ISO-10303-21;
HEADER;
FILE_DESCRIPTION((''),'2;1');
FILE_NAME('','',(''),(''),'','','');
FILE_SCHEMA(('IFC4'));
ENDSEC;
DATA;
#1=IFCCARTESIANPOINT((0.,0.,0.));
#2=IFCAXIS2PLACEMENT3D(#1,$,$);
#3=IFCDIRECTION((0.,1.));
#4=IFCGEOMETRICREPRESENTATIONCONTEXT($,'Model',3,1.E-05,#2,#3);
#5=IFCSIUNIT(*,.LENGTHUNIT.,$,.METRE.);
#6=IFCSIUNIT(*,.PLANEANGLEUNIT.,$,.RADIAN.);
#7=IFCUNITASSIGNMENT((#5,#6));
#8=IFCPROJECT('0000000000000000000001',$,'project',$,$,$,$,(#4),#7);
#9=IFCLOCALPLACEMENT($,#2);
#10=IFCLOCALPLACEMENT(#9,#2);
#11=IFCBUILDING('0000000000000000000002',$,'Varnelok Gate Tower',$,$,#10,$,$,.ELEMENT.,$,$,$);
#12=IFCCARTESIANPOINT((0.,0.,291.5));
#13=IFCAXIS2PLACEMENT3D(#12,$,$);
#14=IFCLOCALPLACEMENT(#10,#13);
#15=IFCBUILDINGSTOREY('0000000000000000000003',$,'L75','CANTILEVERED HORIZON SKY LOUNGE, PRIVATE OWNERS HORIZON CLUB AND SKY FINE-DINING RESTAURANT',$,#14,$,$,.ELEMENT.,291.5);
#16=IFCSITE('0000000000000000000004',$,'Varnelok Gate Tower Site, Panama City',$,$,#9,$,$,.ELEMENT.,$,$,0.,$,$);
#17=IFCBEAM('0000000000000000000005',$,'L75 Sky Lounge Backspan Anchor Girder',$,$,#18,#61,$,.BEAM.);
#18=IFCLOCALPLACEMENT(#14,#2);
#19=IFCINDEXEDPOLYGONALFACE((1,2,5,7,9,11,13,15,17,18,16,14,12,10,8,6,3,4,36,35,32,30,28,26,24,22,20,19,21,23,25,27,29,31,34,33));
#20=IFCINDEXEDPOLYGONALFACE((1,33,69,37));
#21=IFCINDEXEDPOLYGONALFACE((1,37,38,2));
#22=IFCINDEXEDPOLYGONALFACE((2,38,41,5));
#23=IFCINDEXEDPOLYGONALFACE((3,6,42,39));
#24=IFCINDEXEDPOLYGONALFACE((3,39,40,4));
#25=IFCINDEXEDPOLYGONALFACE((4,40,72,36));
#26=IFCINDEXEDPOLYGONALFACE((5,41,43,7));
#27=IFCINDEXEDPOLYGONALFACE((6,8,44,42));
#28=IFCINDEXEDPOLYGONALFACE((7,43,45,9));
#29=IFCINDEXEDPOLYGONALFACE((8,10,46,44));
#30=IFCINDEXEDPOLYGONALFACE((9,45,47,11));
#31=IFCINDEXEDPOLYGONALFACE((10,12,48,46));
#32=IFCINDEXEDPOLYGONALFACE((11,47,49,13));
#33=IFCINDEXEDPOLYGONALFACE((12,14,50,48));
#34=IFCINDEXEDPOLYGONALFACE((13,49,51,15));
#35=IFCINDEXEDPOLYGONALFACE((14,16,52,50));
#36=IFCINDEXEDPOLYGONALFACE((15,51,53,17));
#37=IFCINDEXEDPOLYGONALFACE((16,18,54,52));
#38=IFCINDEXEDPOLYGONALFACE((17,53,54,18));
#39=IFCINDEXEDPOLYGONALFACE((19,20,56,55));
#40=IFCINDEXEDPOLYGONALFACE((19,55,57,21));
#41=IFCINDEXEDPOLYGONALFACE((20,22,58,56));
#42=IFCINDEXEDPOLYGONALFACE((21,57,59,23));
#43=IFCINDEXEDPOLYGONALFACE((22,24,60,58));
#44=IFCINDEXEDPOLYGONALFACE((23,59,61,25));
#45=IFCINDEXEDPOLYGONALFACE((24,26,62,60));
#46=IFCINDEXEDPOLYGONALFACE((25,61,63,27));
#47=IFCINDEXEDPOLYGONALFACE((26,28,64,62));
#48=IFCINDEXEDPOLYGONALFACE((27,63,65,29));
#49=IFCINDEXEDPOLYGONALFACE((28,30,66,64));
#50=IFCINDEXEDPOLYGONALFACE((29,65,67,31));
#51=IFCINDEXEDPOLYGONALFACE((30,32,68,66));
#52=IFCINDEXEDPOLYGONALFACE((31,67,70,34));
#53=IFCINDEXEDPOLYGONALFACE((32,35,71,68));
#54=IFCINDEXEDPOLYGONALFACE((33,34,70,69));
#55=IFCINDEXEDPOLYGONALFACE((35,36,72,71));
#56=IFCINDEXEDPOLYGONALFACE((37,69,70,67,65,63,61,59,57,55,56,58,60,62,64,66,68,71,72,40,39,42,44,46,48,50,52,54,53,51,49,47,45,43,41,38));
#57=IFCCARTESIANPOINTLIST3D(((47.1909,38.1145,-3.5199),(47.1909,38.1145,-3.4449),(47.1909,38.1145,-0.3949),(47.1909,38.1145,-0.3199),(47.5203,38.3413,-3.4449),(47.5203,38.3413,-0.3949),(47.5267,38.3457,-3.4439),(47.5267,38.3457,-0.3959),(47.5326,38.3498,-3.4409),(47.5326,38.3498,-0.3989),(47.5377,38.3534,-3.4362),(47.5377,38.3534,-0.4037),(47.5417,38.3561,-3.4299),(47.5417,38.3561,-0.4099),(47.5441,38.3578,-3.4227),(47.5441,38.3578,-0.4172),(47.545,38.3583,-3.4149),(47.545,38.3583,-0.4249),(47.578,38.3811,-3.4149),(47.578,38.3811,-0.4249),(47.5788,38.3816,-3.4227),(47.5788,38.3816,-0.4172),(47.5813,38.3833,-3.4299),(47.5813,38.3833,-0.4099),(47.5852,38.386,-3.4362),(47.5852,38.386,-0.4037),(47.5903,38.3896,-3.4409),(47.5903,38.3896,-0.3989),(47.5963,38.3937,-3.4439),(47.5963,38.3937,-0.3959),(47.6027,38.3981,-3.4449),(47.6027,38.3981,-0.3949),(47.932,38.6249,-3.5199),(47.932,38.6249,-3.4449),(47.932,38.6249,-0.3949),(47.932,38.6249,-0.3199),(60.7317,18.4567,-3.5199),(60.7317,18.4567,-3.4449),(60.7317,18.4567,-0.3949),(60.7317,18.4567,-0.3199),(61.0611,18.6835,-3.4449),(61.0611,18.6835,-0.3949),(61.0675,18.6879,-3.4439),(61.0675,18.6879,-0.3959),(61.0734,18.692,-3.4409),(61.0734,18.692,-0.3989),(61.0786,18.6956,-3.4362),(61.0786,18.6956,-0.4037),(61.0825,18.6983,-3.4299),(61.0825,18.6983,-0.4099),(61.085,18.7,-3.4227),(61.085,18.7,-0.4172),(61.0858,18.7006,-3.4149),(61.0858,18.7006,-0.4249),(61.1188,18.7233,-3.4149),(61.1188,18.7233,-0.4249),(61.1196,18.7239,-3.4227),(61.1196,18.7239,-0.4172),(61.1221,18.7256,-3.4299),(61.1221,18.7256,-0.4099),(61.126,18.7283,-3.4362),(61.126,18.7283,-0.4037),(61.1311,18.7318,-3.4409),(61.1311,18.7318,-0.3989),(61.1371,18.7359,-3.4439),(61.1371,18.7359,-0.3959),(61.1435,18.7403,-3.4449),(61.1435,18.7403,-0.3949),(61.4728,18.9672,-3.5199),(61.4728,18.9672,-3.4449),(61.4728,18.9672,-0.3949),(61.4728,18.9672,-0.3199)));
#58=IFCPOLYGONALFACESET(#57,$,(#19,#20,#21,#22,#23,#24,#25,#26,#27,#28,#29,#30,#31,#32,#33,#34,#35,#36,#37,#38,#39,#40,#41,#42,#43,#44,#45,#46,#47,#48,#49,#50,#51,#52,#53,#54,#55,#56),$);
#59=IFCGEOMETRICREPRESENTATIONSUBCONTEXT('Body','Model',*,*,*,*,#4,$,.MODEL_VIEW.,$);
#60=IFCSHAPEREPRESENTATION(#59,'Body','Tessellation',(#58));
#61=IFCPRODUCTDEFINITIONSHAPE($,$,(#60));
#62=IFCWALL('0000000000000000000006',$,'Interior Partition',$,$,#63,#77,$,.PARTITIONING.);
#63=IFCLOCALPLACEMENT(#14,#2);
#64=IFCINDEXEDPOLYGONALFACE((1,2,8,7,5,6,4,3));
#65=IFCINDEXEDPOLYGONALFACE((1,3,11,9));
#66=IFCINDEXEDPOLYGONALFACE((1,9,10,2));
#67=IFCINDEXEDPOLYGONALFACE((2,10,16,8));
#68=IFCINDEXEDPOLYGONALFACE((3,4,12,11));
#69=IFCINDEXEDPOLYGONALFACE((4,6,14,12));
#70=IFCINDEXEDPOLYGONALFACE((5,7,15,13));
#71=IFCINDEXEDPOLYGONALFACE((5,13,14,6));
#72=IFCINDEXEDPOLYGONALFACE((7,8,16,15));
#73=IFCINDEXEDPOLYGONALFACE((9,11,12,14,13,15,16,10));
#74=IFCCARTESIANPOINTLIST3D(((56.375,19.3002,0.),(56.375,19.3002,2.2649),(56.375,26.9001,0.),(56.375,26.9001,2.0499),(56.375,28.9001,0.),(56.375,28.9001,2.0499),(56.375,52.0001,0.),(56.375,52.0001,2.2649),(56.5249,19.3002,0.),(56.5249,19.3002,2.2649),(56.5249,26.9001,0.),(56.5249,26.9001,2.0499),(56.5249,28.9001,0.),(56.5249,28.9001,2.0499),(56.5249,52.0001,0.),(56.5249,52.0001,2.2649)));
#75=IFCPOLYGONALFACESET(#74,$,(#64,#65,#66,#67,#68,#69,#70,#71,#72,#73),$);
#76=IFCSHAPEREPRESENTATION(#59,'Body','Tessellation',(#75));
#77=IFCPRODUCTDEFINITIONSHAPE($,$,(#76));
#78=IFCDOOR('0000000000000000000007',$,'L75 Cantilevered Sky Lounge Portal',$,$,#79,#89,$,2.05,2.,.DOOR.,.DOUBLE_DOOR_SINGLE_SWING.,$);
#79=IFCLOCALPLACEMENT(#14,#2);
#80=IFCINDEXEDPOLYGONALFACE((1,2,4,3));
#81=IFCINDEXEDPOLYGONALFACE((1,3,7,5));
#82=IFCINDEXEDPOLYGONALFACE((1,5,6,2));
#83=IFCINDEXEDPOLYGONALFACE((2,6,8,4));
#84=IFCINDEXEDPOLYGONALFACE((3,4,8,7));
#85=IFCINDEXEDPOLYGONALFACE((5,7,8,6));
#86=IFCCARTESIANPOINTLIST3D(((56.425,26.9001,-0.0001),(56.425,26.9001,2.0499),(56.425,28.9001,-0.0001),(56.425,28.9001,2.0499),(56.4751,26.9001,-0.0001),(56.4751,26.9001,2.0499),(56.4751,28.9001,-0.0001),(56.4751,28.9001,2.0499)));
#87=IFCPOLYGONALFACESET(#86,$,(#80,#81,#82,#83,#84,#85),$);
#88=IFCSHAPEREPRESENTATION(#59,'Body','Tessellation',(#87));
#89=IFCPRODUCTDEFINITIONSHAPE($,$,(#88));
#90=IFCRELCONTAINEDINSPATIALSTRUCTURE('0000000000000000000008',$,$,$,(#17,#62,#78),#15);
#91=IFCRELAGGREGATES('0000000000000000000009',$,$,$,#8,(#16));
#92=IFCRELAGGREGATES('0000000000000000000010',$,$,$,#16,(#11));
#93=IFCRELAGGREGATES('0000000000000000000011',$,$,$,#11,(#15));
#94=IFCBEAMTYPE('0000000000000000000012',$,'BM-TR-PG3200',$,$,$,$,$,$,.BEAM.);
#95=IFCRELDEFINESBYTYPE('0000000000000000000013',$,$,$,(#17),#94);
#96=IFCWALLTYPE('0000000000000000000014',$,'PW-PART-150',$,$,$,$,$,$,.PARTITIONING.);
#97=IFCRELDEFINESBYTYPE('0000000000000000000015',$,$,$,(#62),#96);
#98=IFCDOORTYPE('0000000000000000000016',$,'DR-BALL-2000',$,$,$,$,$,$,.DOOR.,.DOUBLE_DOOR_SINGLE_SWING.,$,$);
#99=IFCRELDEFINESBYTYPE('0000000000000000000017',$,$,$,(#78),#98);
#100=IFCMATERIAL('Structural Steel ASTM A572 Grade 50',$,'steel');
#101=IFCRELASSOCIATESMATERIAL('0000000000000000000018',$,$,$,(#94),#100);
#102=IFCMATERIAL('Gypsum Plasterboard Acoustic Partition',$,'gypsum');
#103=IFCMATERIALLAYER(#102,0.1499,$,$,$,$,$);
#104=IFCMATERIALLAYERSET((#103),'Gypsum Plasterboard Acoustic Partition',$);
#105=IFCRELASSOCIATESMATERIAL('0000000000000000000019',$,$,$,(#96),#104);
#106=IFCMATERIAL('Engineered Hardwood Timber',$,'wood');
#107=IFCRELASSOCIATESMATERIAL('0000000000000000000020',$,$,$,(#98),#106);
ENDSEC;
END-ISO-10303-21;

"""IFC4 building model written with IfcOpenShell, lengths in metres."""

from ifc_helpers import new_model, si_unit, direction, frame, frame_2d, origin, origin_2d, place, context, subcontext, project, spatial, rectangle, i_section, extrude, material, layer, layer_set, material_profile, profile_set, type_object, element, fill, save


model = new_model("IFC4")

# Units and contexts
model_context = context("Model", 3, precision=1e-05, world=origin(), true_north=direction((0.0, 1.0)))
body_context = subcontext(model_context, "Body", "Model", "MODEL_VIEW")
ifc_project = project(units=[si_unit("LENGTHUNIT", "METRE"), si_unit("PLANEANGLEUNIT", "RADIAN")], contexts=[model_context])

# Site, building, storey
site_placement = place(None, origin())
site = spatial("IfcSite", under=ifc_project, at=site_placement, Name="Varnelok Gate Tower Site, Panama City", CompositionType="ELEMENT", RefElevation=0.0)
building_placement = place(site_placement, origin())
building = spatial("IfcBuilding", under=site, at=building_placement, Name="Varnelok Gate Tower", CompositionType="ELEMENT")
storey_placement = place(building_placement, frame((0.0, 0.0, 291.5)))
storey = spatial("IfcBuildingStorey", under=building, at=storey_placement, Name="L75", Description="CANTILEVERED HORIZON SKY LOUNGE, PRIVATE OWNERS HORIZON CLUB AND SKY FINE-DINING RESTAURANT", CompositionType="ELEMENT", Elevation=291.5)

# Beam
ifc_material_1 = material(Name="Structural Steel ASTM A572 Grade 50", Category="steel")
ifc_material_profile_1 = material_profile(ifc_material_1, i_section(OverallWidth=0.8999, OverallDepth=3.2, WebThickness=0.04, FlangeThickness=0.075, FilletRadius=0.03, at=origin_2d()), Name="PG3200X900")
ifc_profile_set_1 = profile_set([ifc_material_profile_1], Name="Structural Steel ASTM A572 Grade 50")
beam_type_1 = type_object("IfcBeamType", Name="BM-TR-PG3200", PredefinedType="BEAM", material=ifc_profile_set_1)
beam_1_placement = place(storey_placement, frame((61.1023, 18.7119, -1.9199), z_axis=(-0.567271, 0.823531, 0.0), x_axis=(-0.823531, -0.567271, 0.0)))
element("IfcBeam", 1, at=beam_1_placement, inside=storey, type_object=beam_type_1, Name="L75 Sky Lounge Backspan Anchor Girder", PredefinedType="BEAM", context=body_context, shape_type="SweptSolid", body=[
    extrude(i_section(OverallWidth=0.8999, OverallDepth=3.2, WebThickness=0.04, FlangeThickness=0.075, FilletRadius=0.03, at=origin_2d()), origin(), (0.0, 0.0, 1.0), 23.8701),
])

# Wall, opening, door
ifc_material_2 = material(Name="Gypsum Plasterboard Acoustic Partition", Category="gypsum")
ifc_layer_1 = layer(ifc_material_2, 0.1499)
ifc_layer_set_1 = layer_set([ifc_layer_1], Name="Gypsum Plasterboard Acoustic Partition")
wall_type_1 = type_object("IfcWallType", Name="PW-PART-150", PredefinedType="PARTITIONING", material=ifc_layer_set_1)
wall_1_placement = place(storey_placement, frame((56.45, 19.3, 0.0), z_axis=(0.0, 0.0, 1.0), x_axis=(0.0, 1.0, 0.0)))
wall_1 = element("IfcWall", 2, at=wall_1_placement, inside=storey, type_object=wall_type_1, Name="Interior Partition", PredefinedType="PARTITIONING", context=body_context, shape_type="SweptSolid", body=[
    extrude(rectangle(XDim=32.7, YDim=0.1499, at=frame_2d((16.3501, 0.0))), origin(), (0.0, 0.0, 1.0), 2.2649),
])
opening_1_placement = place(wall_1_placement, frame((7.6001, 0.0, 0.0)))
opening_1 = element("IfcOpeningElement", 3, at=opening_1_placement, cuts=wall_1, PredefinedType="OPENING", context=body_context, shape_type="SweptSolid", body=[
    extrude(rectangle(XDim=2.0, YDim=2.05, at=frame_2d((1.0, 1.0249))), frame((0.0, 0.085, 0.0), z_axis=(0.0, -1.0, 0.0), x_axis=(1.0, 0.0, 0.0)), (0.0, 0.0, 1.0), 0.1699),
])
ifc_material_3 = material(Name="Engineered Hardwood Timber", Category="wood")
door_type_1 = type_object("IfcDoorType", Name="DR-BALL-2000", OperationType="DOUBLE_DOOR_SINGLE_SWING", PredefinedType="DOOR", material=ifc_material_3)
door_1_placement = place(opening_1_placement, origin())
door_1 = element("IfcDoor", 4, at=door_1_placement, inside=storey, type_object=door_type_1, Name="L75 Cantilevered Sky Lounge Portal", OperationType="DOUBLE_DOOR_SINGLE_SWING", OverallHeight=2.05, OverallWidth=2.0, PredefinedType="DOOR", context=body_context, shape_type="SweptSolid", body=[
    extrude(rectangle(XDim=2.0, YDim=2.05, at=frame_2d((1.0, 1.0249))), frame((0.0, 0.0249, 0.0), z_axis=(0.0, -1.0, 0.0), x_axis=(1.0, 0.0, 0.0)), (0.0, 0.0, 1.0), 0.05),
])
fill(opening_1, door_1)

save(model, "model.ifc")
